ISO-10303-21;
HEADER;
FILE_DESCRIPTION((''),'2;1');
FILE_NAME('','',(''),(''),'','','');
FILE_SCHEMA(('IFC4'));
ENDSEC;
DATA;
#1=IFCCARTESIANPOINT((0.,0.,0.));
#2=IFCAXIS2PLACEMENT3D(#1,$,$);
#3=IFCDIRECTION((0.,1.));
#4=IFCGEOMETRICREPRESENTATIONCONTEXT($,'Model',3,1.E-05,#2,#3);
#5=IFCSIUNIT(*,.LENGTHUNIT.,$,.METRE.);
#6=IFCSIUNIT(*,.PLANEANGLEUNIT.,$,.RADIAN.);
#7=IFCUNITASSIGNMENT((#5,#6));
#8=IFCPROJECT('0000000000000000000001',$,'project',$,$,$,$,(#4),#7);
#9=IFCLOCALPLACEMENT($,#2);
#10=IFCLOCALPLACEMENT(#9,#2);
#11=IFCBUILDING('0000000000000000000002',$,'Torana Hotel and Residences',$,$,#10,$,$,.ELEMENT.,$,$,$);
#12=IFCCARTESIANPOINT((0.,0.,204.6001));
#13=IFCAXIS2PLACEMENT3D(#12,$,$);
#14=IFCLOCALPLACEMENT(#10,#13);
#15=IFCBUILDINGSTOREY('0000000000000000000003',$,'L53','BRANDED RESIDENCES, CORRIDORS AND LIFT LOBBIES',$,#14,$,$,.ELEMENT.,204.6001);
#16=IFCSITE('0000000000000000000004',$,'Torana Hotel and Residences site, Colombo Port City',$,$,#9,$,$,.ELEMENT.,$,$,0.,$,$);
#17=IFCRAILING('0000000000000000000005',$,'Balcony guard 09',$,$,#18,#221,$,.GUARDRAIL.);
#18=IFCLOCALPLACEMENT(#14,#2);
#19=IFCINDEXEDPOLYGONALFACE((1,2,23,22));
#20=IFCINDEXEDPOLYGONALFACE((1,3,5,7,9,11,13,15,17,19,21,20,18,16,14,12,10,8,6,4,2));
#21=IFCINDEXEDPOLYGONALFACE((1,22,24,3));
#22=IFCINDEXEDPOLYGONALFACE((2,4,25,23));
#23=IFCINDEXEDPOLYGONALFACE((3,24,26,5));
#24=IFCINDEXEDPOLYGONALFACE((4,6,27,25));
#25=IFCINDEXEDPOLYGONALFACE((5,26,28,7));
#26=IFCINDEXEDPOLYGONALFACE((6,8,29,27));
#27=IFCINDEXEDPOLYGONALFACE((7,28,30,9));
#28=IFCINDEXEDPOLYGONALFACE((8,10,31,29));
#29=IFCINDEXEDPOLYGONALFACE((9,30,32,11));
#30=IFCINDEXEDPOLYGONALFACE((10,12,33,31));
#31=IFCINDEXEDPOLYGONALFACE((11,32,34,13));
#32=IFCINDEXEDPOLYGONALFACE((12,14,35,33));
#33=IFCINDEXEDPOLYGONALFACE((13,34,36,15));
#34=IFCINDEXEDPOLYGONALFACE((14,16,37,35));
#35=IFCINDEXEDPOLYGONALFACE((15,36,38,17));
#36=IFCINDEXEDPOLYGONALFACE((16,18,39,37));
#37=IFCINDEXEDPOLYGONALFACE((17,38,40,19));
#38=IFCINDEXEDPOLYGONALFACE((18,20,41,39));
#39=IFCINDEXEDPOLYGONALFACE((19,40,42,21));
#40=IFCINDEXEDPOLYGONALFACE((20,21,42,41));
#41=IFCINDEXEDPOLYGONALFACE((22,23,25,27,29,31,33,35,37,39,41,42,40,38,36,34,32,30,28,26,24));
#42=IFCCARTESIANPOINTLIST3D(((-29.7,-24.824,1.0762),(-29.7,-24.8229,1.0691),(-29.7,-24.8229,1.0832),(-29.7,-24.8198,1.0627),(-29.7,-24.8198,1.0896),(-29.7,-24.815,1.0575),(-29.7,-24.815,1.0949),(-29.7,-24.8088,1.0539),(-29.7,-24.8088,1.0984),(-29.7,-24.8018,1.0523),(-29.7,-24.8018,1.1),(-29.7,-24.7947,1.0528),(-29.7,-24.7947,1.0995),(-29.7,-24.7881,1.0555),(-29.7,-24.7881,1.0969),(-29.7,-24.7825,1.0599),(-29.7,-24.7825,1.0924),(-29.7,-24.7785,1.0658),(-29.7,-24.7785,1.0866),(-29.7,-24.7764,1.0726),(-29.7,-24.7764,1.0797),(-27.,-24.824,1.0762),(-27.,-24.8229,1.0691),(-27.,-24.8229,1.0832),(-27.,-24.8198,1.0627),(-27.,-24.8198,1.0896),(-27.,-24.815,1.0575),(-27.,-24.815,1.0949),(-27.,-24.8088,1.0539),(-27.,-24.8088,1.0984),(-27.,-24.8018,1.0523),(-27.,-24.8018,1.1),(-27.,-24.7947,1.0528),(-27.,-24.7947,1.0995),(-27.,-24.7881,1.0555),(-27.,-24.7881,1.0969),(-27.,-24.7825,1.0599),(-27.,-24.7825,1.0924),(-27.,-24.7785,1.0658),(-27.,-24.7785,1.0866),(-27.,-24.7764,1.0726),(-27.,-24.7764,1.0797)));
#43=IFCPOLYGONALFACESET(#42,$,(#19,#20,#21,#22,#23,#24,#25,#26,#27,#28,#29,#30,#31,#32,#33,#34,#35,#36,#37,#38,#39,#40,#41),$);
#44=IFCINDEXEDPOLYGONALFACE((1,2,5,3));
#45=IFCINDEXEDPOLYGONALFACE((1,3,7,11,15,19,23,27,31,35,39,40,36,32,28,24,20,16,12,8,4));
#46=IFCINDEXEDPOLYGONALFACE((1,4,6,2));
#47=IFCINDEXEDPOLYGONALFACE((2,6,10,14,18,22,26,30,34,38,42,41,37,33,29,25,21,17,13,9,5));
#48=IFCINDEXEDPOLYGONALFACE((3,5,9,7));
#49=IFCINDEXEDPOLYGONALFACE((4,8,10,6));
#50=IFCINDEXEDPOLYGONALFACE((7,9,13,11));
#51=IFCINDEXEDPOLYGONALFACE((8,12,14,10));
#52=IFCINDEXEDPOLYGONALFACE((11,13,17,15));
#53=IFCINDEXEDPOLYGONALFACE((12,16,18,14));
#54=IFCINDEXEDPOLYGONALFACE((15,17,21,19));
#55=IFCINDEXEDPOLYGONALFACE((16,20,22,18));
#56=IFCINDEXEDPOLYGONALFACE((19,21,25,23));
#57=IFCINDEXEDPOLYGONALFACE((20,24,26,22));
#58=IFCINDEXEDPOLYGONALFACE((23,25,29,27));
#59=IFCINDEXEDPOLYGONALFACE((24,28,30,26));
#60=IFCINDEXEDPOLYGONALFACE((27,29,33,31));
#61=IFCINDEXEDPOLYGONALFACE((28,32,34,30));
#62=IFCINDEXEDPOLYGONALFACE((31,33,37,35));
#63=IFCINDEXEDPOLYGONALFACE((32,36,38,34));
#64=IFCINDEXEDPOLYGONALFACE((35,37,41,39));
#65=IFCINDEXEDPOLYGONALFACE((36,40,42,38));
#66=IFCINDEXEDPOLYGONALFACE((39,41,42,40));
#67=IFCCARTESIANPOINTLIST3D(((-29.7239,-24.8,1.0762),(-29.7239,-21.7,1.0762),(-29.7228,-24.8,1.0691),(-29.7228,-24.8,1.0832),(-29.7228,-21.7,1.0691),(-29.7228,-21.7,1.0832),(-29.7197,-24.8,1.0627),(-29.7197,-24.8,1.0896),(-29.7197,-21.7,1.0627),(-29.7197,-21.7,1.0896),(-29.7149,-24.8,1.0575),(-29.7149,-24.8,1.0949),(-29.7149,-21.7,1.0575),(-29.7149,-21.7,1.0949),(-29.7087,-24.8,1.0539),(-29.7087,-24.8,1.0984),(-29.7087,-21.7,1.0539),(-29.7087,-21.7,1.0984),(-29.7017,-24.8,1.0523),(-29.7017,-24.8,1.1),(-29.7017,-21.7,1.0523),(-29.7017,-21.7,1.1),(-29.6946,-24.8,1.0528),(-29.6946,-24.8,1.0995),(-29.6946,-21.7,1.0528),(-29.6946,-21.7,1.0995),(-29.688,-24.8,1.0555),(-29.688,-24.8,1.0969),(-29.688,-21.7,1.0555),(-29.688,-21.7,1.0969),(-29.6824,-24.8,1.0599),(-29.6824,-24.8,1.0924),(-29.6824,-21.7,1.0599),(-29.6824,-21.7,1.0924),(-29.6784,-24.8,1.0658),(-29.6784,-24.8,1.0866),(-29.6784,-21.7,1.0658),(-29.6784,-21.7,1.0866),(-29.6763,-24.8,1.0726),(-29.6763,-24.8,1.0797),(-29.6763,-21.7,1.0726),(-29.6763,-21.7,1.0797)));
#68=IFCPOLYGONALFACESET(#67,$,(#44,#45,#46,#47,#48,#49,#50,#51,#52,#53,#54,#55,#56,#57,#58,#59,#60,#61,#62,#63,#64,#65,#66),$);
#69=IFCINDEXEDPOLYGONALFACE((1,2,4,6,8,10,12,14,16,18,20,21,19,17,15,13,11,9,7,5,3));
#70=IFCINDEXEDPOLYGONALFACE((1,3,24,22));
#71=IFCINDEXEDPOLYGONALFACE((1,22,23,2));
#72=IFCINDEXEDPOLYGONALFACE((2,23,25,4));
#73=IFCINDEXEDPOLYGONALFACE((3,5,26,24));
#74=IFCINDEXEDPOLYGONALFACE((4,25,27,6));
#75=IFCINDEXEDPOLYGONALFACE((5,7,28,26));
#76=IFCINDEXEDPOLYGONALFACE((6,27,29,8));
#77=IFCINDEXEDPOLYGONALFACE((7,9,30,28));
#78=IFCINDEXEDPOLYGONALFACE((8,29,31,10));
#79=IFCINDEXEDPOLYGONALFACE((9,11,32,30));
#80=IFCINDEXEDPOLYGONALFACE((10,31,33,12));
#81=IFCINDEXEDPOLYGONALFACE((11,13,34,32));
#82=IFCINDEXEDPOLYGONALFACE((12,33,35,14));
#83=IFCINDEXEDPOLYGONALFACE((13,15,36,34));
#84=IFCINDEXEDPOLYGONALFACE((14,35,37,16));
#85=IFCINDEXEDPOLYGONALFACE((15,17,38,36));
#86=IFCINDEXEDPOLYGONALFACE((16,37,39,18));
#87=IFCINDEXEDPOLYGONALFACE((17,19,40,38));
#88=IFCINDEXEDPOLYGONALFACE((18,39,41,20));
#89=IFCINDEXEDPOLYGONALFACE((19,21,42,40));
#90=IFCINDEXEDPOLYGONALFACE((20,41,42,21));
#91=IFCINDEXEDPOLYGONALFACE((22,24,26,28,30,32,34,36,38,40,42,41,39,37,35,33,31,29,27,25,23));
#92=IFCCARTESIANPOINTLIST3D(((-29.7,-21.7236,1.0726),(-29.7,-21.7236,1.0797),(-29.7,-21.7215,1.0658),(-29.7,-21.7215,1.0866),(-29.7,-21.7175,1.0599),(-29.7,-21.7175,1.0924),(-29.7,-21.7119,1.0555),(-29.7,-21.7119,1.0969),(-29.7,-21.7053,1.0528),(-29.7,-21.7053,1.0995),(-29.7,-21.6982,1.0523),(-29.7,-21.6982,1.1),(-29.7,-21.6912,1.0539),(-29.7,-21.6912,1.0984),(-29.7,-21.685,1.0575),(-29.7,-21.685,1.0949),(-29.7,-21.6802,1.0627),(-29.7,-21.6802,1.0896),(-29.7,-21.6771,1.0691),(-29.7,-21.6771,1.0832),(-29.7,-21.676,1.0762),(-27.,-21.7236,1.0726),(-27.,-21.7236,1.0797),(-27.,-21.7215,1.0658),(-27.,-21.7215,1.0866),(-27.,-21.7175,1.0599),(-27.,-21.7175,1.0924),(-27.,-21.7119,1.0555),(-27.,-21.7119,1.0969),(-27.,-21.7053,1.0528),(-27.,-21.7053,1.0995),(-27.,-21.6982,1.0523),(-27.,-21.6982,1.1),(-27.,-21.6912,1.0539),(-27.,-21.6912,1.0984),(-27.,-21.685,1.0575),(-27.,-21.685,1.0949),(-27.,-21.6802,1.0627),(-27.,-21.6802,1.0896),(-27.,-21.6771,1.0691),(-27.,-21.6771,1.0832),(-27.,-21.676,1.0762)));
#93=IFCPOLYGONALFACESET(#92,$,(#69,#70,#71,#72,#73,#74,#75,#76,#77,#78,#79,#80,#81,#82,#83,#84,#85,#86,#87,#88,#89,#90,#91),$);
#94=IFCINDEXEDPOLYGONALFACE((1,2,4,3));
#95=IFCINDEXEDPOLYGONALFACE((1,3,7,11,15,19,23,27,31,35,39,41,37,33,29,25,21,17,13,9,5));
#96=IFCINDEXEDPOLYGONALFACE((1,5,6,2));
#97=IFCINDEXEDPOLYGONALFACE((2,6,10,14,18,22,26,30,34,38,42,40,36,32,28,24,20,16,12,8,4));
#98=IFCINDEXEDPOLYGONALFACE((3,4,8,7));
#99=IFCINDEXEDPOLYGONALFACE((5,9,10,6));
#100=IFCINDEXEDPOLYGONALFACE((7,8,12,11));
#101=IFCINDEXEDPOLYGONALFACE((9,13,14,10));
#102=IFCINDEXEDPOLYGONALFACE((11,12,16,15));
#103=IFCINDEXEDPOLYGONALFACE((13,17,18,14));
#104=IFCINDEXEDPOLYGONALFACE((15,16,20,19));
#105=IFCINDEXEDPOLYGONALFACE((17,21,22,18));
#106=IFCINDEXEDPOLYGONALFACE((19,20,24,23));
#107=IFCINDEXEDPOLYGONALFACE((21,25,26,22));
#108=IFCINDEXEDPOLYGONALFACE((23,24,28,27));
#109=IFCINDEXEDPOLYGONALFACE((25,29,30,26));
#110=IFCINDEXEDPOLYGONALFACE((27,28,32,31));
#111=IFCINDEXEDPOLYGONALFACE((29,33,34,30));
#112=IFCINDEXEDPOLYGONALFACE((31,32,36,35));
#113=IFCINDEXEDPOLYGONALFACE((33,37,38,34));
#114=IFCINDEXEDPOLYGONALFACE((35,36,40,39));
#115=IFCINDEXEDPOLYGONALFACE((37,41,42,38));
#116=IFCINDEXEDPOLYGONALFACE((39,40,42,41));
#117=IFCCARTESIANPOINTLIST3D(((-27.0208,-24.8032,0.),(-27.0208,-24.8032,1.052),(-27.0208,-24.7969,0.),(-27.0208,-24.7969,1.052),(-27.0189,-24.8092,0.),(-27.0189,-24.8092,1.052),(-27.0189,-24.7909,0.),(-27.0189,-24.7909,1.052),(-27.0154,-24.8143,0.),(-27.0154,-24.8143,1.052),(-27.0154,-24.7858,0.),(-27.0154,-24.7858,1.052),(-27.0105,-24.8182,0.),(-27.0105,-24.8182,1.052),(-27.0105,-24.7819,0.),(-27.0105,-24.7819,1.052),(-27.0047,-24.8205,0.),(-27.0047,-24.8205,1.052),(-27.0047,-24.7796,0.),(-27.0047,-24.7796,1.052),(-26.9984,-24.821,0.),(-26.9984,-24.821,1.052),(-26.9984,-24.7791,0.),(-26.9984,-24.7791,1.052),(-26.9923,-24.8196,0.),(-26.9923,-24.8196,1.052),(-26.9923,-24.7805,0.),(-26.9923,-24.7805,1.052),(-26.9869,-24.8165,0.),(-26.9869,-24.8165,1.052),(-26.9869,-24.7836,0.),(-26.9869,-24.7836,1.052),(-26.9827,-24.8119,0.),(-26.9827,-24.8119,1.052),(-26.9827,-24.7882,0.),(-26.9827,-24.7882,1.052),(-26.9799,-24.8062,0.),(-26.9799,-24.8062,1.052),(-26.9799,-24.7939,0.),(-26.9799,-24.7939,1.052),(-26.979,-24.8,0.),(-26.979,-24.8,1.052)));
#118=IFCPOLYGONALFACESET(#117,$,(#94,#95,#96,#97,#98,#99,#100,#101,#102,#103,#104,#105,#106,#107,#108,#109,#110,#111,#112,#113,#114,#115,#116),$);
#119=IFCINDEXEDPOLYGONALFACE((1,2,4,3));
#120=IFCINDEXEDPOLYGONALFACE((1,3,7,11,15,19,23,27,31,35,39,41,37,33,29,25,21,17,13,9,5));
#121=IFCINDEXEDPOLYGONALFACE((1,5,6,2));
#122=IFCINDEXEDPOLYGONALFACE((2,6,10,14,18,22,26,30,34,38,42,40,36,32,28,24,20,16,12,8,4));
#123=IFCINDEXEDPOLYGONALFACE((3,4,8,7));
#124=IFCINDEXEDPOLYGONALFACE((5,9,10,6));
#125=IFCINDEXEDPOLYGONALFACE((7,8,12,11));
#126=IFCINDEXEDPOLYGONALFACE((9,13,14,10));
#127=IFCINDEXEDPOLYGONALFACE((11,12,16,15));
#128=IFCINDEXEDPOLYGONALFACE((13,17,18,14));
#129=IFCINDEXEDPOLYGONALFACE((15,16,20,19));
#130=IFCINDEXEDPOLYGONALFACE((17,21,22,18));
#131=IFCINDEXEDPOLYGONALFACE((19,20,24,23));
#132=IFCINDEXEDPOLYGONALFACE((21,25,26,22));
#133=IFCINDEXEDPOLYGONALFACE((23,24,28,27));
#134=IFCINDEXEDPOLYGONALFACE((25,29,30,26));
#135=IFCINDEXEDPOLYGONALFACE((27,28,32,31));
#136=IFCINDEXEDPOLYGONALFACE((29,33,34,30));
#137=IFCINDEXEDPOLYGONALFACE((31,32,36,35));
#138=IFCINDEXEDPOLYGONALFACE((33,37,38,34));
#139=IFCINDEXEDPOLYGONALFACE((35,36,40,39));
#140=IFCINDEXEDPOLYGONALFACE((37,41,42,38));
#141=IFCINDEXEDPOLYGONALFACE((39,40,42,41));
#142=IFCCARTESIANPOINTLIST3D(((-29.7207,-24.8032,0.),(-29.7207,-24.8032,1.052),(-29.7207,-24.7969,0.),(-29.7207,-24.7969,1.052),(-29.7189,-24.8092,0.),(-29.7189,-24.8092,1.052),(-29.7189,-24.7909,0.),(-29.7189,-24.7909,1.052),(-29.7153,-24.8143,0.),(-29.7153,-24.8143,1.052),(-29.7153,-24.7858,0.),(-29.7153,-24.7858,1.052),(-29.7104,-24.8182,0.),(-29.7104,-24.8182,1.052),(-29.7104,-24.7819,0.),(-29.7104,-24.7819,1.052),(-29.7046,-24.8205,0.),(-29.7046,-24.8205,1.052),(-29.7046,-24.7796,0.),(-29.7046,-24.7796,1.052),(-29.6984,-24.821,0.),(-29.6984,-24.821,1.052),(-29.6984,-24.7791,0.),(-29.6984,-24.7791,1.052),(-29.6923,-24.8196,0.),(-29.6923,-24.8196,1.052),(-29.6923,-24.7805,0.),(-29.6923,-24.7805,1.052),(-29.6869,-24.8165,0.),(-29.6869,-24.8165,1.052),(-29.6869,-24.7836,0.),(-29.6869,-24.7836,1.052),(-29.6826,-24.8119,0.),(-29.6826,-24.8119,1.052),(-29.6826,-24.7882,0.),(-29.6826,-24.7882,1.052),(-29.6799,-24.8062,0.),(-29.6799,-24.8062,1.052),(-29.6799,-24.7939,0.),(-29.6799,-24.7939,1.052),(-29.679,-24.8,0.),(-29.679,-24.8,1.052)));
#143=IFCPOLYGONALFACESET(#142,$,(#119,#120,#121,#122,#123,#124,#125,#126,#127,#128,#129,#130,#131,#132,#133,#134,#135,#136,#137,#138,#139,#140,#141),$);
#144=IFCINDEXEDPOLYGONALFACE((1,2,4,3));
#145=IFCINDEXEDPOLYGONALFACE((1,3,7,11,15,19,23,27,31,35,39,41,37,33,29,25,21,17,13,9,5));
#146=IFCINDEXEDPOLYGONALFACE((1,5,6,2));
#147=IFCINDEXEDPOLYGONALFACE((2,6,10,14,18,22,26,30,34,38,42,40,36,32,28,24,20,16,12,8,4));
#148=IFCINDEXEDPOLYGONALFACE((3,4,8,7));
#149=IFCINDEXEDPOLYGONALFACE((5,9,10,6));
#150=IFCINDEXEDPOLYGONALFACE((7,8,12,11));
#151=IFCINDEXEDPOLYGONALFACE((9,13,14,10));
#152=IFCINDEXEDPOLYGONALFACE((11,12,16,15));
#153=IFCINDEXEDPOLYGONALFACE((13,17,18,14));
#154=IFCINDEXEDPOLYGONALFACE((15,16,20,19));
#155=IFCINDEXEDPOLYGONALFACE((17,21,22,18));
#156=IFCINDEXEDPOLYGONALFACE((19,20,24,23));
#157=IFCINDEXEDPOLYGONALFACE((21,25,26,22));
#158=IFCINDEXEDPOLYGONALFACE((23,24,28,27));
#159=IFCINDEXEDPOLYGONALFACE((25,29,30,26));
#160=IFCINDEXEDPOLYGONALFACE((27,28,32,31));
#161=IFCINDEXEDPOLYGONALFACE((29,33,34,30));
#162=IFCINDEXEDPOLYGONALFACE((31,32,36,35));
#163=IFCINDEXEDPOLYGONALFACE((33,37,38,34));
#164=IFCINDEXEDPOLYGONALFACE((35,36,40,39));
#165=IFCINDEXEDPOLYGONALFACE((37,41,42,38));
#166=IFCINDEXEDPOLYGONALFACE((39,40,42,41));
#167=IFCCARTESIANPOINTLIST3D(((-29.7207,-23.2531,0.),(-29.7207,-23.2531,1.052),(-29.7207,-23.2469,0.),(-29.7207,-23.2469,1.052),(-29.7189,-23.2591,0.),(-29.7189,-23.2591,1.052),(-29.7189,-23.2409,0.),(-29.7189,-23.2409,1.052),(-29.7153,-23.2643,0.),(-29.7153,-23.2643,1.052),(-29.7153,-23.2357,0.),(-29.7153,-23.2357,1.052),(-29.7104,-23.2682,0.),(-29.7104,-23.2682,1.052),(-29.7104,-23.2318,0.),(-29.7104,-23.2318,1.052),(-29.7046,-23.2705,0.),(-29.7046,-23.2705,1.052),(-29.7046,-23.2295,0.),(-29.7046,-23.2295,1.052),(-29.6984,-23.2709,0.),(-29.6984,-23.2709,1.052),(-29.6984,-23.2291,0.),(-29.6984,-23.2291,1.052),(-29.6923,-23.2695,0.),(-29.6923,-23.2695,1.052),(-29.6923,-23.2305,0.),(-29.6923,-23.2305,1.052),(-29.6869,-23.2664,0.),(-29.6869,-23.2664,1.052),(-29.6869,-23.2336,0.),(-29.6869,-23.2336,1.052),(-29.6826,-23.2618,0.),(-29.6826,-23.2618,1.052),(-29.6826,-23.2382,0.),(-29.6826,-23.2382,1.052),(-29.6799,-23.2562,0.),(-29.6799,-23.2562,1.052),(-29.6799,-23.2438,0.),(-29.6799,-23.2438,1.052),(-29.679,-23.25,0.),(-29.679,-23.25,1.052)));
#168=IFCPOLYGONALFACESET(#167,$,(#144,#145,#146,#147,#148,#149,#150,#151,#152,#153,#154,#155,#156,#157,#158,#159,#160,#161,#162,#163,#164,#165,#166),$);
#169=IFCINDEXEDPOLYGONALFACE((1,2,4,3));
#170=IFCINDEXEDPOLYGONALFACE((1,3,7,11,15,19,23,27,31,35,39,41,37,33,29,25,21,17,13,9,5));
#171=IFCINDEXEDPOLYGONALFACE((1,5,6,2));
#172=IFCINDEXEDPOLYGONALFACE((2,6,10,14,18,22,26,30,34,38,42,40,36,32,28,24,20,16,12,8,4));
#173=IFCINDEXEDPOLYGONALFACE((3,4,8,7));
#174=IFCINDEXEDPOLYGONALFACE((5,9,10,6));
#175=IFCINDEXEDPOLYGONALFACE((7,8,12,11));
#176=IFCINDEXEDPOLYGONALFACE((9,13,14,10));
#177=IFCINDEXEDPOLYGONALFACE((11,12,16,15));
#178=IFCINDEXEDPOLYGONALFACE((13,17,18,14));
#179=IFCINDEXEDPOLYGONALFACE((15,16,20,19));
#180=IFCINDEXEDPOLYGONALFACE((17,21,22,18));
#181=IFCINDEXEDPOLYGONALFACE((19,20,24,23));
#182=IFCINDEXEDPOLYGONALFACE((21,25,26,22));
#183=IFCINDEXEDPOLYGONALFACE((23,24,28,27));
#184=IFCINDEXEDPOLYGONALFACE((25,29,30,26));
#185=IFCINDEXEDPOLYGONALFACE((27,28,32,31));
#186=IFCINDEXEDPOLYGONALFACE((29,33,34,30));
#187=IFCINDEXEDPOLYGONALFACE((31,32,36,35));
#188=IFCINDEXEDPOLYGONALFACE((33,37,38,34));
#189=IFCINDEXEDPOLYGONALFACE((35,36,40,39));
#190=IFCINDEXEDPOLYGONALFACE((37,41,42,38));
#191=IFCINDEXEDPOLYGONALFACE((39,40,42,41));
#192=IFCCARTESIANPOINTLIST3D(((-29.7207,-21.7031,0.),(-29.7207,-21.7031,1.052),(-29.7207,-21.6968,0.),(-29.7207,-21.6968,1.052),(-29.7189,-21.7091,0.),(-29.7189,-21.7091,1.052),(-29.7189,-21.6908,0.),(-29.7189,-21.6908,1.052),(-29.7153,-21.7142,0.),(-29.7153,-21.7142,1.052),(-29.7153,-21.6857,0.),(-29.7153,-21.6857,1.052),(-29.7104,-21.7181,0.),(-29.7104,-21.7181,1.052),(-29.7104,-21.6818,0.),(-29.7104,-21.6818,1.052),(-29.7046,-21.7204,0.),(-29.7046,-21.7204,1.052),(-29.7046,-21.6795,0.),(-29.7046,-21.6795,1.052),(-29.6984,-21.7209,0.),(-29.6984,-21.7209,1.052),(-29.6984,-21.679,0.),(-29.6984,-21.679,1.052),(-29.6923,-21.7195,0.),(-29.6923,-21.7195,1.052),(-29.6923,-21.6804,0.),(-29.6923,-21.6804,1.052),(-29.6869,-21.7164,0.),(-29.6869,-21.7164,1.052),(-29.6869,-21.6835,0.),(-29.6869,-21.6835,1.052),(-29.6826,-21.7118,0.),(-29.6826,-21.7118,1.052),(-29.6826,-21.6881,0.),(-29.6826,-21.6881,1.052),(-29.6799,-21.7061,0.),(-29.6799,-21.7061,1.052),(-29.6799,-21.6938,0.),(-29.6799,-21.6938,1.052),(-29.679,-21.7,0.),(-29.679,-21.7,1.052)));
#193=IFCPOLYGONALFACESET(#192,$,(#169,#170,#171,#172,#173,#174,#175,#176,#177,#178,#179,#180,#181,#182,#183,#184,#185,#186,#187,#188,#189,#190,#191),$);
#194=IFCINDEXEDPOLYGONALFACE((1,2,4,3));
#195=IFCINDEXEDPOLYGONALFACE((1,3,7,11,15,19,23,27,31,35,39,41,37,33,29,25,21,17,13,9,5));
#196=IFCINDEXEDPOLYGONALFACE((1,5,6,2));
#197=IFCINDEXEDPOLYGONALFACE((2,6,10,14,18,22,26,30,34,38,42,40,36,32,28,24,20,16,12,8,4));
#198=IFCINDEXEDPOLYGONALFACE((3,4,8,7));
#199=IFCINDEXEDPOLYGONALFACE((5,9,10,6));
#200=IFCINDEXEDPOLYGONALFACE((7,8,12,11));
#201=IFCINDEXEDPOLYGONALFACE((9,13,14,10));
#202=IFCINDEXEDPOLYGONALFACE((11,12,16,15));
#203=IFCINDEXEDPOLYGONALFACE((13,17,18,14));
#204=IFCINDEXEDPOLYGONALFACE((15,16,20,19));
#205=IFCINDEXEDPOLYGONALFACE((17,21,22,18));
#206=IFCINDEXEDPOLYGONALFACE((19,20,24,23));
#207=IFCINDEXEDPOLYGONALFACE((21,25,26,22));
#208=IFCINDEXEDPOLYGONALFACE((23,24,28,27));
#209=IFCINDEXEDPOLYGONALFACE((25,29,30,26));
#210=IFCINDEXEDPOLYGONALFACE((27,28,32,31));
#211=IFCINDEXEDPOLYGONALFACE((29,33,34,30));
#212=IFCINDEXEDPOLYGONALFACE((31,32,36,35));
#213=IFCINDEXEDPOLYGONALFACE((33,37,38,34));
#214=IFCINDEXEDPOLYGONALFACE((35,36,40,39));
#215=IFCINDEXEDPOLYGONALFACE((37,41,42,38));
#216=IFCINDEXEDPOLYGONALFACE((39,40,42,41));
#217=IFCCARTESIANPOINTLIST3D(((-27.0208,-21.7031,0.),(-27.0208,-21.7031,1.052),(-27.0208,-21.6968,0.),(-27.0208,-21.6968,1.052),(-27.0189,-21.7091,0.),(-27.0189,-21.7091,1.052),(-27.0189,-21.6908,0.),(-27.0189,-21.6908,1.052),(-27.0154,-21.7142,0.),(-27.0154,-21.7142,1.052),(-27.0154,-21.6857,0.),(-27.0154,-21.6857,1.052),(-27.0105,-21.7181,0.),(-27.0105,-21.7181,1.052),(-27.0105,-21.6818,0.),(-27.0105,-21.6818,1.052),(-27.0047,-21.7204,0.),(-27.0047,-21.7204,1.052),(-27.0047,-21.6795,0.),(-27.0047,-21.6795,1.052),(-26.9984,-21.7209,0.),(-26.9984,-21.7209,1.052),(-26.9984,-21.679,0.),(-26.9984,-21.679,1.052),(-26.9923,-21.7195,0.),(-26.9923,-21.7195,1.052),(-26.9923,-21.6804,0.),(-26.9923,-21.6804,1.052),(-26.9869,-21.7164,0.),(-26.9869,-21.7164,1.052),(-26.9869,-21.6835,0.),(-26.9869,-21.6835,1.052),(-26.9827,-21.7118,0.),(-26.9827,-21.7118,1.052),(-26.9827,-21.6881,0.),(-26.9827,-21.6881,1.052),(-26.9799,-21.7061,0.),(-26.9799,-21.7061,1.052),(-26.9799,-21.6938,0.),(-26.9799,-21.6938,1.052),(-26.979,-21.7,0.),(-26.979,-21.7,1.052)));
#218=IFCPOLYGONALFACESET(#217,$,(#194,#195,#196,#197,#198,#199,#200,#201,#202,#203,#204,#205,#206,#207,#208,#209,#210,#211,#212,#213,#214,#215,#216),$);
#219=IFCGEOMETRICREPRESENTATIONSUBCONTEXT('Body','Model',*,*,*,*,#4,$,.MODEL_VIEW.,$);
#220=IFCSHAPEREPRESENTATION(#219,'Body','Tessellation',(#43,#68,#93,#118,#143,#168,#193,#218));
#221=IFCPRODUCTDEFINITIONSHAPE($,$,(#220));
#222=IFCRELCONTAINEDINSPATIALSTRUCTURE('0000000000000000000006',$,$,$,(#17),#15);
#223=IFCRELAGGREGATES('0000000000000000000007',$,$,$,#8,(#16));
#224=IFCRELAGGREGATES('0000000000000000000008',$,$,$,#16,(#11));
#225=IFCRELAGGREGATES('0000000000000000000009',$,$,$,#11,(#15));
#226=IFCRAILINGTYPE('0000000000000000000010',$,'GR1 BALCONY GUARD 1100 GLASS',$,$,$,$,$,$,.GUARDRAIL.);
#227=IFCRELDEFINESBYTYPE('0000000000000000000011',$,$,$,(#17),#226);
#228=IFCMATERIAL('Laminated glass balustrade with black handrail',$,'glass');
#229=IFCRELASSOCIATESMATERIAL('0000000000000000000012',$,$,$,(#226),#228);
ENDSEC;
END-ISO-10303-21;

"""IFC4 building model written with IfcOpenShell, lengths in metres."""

from ifc_helpers import new_model, si_unit, direction, frame, origin, origin_2d, place, context, subcontext, project, spatial, circle, extrude, material, type_object, element, save


model = new_model("IFC4")

# Units and contexts
model_context = context("Model", 3, precision=1e-05, world=origin(), true_north=direction((0.0, 1.0)))
body_context = subcontext(model_context, "Body", "Model", "MODEL_VIEW")
ifc_project = project(units=[si_unit("LENGTHUNIT", "METRE"), si_unit("PLANEANGLEUNIT", "RADIAN")], contexts=[model_context])

# Site, building, storey
site_placement = place(None, origin())
site = spatial("IfcSite", under=ifc_project, at=site_placement, Name="Torana Hotel and Residences site, Colombo Port City", CompositionType="ELEMENT", RefElevation=0.0)
building_placement = place(site_placement, origin())
building = spatial("IfcBuilding", under=site, at=building_placement, Name="Torana Hotel and Residences", CompositionType="ELEMENT")
storey_placement = place(building_placement, frame((0.0, 0.0, 204.6001)))
storey = spatial("IfcBuildingStorey", under=building, at=storey_placement, Name="L53", Description="BRANDED RESIDENCES, CORRIDORS AND LIFT LOBBIES", CompositionType="ELEMENT", Elevation=204.6001)

# Railing
ifc_material_1 = material(Name="Laminated glass balustrade with black handrail", Category="glass")
railing_type = type_object("IfcRailingType", Name="GR1 BALCONY GUARD 1100 GLASS", PredefinedType="GUARDRAIL", material=ifc_material_1)
railing_1_placement = place(storey_placement, frame((-27.0, -24.8, 0.0)))
element("IfcRailing", 1, at=railing_1_placement, inside=storey, type_object=railing_type, Name="Balcony guard 09", PredefinedType="GUARDRAIL", context=body_context, shape_type="SweptSolid", body=[
    extrude(circle(Radius=0.0239, at=origin_2d()), frame((0.0, 0.0, 1.0762), z_axis=(-1.0, 0.0, 0.0), x_axis=(0.0, -1.0, 0.0)), (0.0, 0.0, 1.0), 2.7),
    extrude(circle(Radius=0.0239, at=origin_2d()), frame((-2.7, 0.0, 1.0762), z_axis=(0.0, 1.0, 0.0), x_axis=(-1.0, 0.0, 0.0)), (0.0, 0.0, 1.0), 3.1001),
    extrude(circle(Radius=0.0239, at=origin_2d()), frame((-2.7, 3.1001, 1.0762), z_axis=(1.0, 0.0, 0.0), x_axis=(0.0, 1.0, 0.0)), (0.0, 0.0, 1.0), 2.7),
    extrude(circle(Radius=0.021, at=origin_2d()), origin(), (0.0, 0.0, 1.0), 1.052),
    extrude(circle(Radius=0.021, at=origin_2d()), frame((-2.7, 0.0, 0.0)), (0.0, 0.0, 1.0), 1.052),
    extrude(circle(Radius=0.021, at=origin_2d()), frame((-2.7, 1.55, 0.0)), (0.0, 0.0, 1.0), 1.052),
    extrude(circle(Radius=0.021, at=origin_2d()), frame((-2.7, 3.1001, 0.0)), (0.0, 0.0, 1.0), 1.052),
    extrude(circle(Radius=0.021, at=origin_2d()), frame((0.0, 3.1001, 0.0)), (0.0, 0.0, 1.0), 1.052),
])

save(model, "model.ifc")
